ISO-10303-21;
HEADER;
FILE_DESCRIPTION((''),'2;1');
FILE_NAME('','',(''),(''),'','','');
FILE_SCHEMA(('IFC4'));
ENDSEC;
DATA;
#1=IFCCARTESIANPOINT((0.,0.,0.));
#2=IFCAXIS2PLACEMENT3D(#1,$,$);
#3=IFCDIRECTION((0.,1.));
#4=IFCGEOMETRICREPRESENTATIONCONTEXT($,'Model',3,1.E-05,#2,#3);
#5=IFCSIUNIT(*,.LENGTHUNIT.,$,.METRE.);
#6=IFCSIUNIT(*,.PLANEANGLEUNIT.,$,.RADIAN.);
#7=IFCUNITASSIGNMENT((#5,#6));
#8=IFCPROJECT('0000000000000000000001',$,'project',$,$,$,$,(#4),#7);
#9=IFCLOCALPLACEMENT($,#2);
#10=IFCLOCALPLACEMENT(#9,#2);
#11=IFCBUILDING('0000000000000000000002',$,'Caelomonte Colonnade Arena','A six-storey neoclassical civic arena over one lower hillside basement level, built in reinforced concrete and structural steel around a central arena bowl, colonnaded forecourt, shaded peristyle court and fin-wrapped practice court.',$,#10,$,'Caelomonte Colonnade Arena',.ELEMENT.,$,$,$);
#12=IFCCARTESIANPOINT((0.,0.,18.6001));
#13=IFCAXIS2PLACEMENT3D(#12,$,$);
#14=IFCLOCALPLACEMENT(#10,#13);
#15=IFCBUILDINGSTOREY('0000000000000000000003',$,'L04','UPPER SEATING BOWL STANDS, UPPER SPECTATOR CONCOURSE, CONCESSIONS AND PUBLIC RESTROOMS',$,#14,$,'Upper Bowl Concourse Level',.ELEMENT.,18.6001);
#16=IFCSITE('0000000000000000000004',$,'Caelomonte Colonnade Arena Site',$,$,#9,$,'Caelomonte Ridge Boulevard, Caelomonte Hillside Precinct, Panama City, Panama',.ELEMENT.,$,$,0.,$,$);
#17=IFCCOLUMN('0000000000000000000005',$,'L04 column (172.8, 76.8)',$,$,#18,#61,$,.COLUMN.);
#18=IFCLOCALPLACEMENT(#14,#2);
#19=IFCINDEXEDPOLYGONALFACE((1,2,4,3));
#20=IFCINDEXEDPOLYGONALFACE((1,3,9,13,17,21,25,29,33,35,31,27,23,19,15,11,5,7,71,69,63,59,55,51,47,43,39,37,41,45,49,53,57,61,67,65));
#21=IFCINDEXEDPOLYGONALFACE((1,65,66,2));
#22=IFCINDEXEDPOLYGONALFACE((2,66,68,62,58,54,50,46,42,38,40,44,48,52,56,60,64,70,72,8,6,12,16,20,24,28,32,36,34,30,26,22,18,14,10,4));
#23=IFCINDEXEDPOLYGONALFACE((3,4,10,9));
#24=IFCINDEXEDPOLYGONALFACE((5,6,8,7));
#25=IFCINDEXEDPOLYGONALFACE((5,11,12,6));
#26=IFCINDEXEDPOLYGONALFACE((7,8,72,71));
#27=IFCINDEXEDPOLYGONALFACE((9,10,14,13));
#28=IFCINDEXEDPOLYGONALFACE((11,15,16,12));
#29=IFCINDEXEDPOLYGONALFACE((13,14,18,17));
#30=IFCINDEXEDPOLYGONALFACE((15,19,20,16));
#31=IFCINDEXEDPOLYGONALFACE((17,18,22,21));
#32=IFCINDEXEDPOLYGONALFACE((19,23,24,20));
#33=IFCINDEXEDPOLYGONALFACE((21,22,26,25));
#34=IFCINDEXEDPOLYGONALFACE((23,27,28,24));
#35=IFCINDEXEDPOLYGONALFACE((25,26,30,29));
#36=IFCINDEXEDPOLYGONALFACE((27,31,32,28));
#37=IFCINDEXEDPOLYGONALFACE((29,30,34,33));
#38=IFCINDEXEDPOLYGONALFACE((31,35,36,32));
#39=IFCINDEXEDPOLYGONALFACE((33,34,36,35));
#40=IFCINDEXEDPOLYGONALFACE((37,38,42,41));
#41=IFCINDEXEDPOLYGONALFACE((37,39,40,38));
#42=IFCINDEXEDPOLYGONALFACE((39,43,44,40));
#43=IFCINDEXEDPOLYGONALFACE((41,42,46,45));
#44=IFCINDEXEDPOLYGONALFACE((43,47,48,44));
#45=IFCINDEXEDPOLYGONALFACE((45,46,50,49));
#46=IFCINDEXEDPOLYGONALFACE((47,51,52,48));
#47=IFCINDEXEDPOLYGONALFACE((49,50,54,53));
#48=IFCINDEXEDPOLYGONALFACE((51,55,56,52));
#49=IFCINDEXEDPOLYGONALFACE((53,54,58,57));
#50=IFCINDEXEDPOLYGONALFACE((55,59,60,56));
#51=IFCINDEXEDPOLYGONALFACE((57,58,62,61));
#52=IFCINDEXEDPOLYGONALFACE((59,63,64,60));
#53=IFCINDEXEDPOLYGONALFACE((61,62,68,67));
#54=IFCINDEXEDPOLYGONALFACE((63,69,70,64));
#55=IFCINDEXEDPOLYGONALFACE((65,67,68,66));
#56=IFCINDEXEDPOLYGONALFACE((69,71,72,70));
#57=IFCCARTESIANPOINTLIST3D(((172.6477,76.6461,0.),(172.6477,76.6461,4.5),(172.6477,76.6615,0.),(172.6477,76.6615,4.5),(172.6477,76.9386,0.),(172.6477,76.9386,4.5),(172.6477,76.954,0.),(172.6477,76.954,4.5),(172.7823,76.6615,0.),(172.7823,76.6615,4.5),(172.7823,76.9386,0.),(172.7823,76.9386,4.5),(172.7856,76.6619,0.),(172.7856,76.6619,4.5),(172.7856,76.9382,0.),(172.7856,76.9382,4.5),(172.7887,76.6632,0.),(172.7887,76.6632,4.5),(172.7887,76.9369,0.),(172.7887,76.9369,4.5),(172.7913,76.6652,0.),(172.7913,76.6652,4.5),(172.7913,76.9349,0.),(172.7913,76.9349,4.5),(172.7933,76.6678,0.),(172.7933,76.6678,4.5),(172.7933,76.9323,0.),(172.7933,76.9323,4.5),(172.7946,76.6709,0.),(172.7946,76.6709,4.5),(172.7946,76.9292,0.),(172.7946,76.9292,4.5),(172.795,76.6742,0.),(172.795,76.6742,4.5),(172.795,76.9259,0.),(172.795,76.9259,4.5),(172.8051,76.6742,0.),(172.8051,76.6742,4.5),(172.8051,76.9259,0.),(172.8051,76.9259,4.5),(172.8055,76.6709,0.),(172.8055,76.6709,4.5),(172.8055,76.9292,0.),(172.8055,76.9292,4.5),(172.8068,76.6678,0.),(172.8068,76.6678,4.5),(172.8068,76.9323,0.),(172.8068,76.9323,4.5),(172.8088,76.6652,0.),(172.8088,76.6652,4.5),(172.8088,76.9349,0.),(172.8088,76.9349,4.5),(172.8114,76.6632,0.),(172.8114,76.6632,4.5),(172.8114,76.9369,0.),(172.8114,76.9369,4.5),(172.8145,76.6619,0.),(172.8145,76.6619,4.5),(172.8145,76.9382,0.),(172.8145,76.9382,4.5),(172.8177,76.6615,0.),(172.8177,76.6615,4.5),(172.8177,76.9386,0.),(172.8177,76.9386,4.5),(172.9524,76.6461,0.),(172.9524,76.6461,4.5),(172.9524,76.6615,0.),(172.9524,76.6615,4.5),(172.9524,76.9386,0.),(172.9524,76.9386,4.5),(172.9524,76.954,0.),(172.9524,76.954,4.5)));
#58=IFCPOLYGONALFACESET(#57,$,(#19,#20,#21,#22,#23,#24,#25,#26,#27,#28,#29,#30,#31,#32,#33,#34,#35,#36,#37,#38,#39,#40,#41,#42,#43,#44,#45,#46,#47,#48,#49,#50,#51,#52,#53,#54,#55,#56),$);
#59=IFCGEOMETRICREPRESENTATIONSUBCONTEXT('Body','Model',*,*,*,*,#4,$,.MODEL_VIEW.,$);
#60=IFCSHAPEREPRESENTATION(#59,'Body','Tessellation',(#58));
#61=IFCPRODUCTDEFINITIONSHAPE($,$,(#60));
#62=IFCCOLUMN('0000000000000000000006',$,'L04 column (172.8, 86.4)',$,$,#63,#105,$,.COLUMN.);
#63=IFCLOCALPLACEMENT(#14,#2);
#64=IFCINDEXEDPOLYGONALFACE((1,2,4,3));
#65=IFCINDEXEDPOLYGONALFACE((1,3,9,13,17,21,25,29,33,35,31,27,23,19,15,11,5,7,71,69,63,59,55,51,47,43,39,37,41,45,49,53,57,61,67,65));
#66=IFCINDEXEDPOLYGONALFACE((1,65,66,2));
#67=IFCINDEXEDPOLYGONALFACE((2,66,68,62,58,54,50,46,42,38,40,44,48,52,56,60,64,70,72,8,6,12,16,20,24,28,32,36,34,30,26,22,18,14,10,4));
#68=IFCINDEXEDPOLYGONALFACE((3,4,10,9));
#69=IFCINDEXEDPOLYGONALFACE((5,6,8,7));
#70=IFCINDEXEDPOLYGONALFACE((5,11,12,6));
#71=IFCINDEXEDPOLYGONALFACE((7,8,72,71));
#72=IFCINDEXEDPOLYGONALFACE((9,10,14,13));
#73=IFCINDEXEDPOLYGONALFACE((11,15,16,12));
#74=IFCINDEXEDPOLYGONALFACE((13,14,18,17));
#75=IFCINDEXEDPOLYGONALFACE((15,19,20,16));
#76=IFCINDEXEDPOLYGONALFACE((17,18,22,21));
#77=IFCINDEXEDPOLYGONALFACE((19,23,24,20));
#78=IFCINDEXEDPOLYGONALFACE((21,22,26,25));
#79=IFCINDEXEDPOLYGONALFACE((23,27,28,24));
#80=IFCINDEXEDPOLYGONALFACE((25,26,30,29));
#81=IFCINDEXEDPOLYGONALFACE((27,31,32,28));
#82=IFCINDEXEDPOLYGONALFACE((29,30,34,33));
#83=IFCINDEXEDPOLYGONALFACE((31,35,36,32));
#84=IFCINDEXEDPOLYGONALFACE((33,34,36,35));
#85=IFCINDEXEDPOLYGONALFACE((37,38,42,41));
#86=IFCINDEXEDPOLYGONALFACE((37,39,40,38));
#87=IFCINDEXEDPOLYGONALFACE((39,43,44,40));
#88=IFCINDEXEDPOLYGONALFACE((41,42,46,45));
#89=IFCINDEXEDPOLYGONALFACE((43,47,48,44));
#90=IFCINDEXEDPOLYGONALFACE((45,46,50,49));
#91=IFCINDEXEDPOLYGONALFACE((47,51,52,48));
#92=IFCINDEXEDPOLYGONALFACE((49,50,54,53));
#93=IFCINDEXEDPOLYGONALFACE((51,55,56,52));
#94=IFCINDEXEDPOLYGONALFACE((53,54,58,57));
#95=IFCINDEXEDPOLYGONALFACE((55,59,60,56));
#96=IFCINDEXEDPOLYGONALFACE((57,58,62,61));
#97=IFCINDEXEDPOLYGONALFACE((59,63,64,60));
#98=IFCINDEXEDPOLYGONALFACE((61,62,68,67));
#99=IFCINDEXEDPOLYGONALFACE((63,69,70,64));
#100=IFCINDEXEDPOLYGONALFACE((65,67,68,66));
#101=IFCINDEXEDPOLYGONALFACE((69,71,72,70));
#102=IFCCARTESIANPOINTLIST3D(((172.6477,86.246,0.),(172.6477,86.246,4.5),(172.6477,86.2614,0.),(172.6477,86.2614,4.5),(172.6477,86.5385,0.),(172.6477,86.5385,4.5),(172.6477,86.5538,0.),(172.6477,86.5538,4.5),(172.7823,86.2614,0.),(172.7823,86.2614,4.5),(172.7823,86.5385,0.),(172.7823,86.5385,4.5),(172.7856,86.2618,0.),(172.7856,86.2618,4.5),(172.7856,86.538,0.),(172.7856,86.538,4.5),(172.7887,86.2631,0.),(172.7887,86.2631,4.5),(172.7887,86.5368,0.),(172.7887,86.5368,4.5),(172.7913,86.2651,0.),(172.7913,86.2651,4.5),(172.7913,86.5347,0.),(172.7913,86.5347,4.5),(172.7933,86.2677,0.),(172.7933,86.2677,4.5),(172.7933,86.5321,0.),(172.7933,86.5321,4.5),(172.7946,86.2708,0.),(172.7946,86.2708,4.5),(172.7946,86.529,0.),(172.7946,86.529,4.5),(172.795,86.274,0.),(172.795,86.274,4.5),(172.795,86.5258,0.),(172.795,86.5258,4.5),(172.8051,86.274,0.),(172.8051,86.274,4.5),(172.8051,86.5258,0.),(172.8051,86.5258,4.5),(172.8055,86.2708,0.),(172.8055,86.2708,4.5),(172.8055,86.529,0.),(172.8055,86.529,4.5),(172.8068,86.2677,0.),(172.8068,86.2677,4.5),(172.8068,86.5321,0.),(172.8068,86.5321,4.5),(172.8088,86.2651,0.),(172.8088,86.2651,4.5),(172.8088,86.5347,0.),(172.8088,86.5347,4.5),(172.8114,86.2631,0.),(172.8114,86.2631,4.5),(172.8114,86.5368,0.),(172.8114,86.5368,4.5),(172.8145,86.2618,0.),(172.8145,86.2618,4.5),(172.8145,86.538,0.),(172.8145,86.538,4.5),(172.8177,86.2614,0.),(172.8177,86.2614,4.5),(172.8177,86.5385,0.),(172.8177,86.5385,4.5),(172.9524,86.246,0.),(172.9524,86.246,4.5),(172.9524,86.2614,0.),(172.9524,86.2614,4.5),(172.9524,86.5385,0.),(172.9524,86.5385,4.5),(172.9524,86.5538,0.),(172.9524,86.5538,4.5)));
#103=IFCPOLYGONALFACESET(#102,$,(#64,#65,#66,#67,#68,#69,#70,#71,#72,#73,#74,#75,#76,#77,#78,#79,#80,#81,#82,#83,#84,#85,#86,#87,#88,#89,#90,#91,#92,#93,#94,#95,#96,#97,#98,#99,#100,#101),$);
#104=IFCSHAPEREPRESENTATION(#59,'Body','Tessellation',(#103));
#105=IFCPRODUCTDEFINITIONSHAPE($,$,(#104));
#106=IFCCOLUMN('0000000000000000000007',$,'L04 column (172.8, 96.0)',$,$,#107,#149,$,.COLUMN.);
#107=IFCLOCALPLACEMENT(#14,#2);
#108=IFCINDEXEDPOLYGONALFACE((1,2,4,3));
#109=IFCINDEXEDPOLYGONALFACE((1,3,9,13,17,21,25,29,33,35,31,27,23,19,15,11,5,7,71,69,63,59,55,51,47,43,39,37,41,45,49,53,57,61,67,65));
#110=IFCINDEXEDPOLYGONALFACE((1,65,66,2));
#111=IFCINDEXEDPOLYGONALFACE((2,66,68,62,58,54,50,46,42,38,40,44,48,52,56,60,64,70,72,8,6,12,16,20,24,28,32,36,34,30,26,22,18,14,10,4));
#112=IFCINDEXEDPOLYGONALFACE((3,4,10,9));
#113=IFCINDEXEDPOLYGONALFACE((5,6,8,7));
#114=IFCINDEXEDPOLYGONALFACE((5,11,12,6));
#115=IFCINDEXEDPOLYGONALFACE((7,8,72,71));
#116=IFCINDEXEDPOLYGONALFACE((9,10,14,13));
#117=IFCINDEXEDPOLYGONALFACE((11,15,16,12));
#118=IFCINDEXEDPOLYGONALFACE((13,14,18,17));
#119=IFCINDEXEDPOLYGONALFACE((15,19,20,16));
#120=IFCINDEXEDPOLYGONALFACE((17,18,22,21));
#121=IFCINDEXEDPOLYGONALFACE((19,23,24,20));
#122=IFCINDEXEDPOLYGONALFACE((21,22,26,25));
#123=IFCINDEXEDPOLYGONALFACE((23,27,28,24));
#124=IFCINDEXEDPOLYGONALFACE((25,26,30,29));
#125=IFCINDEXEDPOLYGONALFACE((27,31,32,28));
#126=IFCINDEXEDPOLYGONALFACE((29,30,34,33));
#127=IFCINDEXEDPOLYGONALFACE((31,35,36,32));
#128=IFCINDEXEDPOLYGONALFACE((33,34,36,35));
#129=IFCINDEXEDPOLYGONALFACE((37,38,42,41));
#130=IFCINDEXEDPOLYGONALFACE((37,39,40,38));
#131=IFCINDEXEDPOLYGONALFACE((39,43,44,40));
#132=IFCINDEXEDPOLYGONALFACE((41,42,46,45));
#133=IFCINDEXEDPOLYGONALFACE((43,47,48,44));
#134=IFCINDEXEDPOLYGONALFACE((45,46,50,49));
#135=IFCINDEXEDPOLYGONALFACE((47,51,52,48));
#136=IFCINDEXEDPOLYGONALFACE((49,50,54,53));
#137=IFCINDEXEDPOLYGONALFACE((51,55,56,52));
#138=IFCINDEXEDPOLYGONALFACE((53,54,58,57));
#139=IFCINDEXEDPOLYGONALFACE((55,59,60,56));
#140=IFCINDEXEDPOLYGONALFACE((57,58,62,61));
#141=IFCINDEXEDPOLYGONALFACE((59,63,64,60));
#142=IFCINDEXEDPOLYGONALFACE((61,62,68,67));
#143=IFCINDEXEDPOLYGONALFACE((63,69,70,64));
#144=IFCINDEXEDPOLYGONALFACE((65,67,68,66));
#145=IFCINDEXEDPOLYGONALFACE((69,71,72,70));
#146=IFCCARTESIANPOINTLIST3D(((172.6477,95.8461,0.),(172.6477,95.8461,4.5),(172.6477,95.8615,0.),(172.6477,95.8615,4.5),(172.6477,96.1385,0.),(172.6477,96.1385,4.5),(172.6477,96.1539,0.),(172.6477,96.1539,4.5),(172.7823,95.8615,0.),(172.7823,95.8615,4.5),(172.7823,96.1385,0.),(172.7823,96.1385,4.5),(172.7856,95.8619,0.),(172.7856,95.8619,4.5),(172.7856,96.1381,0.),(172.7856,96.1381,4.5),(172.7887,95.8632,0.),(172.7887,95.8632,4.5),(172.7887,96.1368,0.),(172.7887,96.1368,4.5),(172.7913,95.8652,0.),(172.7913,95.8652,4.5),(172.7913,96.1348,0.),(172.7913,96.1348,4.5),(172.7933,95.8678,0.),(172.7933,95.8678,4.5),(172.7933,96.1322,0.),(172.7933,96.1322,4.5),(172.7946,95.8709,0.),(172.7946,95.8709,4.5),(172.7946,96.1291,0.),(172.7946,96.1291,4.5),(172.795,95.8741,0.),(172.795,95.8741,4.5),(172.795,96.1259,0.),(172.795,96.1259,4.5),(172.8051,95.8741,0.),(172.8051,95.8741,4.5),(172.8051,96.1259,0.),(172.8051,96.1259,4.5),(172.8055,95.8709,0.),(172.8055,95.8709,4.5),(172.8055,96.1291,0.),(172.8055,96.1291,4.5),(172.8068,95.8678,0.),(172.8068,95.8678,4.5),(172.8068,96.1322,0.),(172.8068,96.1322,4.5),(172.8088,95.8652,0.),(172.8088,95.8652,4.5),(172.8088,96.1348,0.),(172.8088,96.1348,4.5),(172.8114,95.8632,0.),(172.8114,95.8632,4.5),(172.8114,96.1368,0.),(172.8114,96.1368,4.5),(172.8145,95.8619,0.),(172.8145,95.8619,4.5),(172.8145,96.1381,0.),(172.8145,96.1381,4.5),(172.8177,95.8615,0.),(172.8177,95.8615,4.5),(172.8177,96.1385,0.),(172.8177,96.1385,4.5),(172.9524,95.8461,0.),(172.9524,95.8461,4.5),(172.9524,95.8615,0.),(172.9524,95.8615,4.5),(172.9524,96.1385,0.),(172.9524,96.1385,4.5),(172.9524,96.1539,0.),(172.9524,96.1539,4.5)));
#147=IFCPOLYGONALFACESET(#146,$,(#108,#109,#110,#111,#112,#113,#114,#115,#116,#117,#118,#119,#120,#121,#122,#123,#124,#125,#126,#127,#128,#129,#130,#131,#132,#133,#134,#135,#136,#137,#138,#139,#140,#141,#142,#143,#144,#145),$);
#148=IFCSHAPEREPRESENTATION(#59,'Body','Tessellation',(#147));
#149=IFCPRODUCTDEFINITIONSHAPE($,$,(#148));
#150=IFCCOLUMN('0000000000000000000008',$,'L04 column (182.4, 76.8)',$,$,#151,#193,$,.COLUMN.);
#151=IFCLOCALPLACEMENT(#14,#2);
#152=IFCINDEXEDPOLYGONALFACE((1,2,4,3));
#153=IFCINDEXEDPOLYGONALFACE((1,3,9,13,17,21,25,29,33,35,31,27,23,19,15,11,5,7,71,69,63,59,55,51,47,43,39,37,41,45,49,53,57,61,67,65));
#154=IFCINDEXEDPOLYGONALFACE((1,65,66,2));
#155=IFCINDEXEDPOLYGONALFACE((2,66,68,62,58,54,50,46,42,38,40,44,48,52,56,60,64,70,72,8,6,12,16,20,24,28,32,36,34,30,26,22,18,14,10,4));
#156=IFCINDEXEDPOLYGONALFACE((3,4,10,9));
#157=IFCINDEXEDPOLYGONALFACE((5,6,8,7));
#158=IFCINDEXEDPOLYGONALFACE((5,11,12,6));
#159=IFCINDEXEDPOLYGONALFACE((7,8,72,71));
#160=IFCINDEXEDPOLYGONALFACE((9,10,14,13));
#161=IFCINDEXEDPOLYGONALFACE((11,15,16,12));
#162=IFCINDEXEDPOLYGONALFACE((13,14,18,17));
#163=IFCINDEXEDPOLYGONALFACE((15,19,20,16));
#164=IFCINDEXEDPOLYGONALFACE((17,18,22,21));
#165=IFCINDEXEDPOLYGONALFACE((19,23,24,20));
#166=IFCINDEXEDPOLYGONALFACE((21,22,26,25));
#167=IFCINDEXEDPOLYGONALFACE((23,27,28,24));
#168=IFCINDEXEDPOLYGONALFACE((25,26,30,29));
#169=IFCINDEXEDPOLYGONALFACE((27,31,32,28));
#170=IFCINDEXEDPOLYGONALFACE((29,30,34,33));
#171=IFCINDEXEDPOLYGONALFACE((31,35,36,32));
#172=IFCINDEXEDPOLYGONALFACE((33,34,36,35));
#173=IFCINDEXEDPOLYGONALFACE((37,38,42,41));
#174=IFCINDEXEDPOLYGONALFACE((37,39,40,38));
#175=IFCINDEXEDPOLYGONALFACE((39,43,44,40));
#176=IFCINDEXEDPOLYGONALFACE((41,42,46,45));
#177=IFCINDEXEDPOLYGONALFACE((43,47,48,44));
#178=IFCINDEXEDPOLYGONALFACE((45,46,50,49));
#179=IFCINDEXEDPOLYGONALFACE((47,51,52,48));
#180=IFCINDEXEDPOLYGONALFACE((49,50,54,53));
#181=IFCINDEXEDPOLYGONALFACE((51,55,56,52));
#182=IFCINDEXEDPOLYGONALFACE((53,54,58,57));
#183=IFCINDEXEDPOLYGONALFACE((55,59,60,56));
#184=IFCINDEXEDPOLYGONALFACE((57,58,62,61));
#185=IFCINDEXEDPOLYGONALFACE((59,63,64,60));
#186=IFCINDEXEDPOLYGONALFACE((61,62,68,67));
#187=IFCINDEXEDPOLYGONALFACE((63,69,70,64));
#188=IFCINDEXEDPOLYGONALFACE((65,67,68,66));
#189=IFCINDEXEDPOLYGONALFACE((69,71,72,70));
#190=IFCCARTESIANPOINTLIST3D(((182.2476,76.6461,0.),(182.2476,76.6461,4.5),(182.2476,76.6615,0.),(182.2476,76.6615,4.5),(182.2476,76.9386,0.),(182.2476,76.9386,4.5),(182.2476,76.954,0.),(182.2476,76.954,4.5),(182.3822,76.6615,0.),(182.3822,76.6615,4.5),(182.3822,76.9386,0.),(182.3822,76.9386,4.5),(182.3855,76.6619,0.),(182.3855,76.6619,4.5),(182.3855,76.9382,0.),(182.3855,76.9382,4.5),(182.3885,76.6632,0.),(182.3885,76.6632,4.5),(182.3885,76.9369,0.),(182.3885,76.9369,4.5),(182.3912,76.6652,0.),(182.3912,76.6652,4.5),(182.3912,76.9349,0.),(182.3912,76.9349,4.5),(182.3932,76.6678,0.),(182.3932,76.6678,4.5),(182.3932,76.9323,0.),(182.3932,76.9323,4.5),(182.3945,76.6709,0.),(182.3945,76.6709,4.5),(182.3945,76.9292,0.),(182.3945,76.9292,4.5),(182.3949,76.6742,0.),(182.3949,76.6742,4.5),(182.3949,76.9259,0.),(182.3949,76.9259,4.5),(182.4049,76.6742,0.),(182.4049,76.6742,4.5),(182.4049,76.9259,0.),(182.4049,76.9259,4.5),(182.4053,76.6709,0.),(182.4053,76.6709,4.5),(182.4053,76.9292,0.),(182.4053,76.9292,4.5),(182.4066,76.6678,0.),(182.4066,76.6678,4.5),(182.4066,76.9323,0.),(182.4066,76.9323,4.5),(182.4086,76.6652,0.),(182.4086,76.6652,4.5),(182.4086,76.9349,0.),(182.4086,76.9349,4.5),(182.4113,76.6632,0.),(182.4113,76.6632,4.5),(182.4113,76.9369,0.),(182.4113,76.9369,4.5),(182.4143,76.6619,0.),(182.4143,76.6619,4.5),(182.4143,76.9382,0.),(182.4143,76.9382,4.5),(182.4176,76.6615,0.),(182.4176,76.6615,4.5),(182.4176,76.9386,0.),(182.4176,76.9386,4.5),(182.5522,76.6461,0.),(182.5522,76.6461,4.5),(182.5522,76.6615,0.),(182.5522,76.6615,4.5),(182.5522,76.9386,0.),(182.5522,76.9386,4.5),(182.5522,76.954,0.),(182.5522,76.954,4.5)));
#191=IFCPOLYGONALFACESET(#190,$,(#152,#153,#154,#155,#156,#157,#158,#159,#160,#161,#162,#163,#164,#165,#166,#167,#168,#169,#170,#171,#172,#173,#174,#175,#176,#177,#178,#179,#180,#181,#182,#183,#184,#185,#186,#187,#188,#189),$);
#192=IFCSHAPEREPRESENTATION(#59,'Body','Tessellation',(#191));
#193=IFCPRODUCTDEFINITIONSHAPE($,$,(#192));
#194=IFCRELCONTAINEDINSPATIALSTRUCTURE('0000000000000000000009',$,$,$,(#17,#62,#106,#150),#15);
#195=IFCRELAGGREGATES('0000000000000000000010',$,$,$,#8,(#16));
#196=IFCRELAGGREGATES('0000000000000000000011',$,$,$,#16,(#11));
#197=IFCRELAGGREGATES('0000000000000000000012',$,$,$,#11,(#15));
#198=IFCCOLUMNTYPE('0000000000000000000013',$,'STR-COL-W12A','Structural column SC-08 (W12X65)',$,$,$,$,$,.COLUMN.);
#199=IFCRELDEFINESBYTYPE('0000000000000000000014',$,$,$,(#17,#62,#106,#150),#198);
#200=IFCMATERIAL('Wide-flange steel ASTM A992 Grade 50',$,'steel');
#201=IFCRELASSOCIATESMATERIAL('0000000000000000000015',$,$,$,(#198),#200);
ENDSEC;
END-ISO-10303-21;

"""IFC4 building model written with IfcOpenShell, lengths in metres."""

from ifc_helpers import new_model, si_unit, direction, frame, origin, origin_2d, place, context, subcontext, project, spatial, i_section, extrude, material, material_profile, profile_set, type_object, element, save


model = new_model("IFC4")

# Units and contexts
model_context = context("Model", 3, precision=1e-05, world=origin(), true_north=direction((0.0, 1.0)))
body_context = subcontext(model_context, "Body", "Model", "MODEL_VIEW")
ifc_project = project(units=[si_unit("LENGTHUNIT", "METRE"), si_unit("PLANEANGLEUNIT", "RADIAN")], contexts=[model_context])

# Site, building, storey
site_placement = place(None, origin())
site = spatial("IfcSite", under=ifc_project, at=site_placement, Name="Caelomonte Colonnade Arena Site", LongName="Caelomonte Ridge Boulevard, Caelomonte Hillside Precinct, Panama City, Panama", CompositionType="ELEMENT", RefElevation=0.0)
building_placement = place(site_placement, origin())
building = spatial("IfcBuilding", under=site, at=building_placement, Name="Caelomonte Colonnade Arena", Description="A six-storey neoclassical civic arena over one lower hillside basement level, built in reinforced concrete and structural steel around a central arena bowl, colonnaded forecourt, shaded peristyle court and fin-wrapped practice court.", LongName="Caelomonte Colonnade Arena", CompositionType="ELEMENT")
storey_placement = place(building_placement, frame((0.0, 0.0, 18.6001)))
storey = spatial("IfcBuildingStorey", under=building, at=storey_placement, Name="L04", Description="UPPER SEATING BOWL STANDS, UPPER SPECTATOR CONCOURSE, CONCESSIONS AND PUBLIC RESTROOMS", LongName="Upper Bowl Concourse Level", CompositionType="ELEMENT", Elevation=18.6001)

# Columns
ifc_material_1 = material(Name="Wide-flange steel ASTM A992 Grade 50", Category="steel")
ifc_material_profile_1 = material_profile(ifc_material_1, i_section(OverallWidth=0.3047, OverallDepth=0.3079, WebThickness=0.01, FlangeThickness=0.0154, FilletRadius=0.0127, at=origin_2d()), Name="W12X65")
ifc_profile_set_1 = profile_set([ifc_material_profile_1], Name="Wide-flange steel ASTM A992 Grade 50")
column_type = type_object("IfcColumnType", Name="STR-COL-W12A", Description="Structural column SC-08 (W12X65)", PredefinedType="COLUMN", material=ifc_profile_set_1)
for number, where, z_axis, x_axis, name in (
    (1, (172.8, 76.8, 0.0), (0.0, 0.0, 1.0), (1.0, 0.0, 0.0), "L04 column (172.8, 76.8)"),
    (2, (172.8, 86.3999, 0.0), (0.0, 0.0, 1.0), (1.0, 0.0, 0.0), "L04 column (172.8, 86.4)"),
    (3, (172.8, 96.0, 0.0), (0.0, 0.0, 1.0), (1.0, 0.0, 0.0), "L04 column (172.8, 96.0)"),
    (4, (182.3999, 76.8, 0.0), (0.0, 0.0, 1.0), (1.0, 0.0, 0.0), "L04 column (182.4, 76.8)"),
):
    element("IfcColumn", number, at=place(storey_placement, frame(where, z_axis=z_axis, x_axis=x_axis)), inside=storey, type_object=column_type, Name=name, PredefinedType="COLUMN", context=body_context, shape_type="SweptSolid", body=[
        extrude(i_section(OverallWidth=0.3047, OverallDepth=0.3079, WebThickness=0.01, FlangeThickness=0.0154, FilletRadius=0.0127, at=origin_2d()), origin(), (0.0, 0.0, 1.0), 4.5),
    ])

save(model, "model.ifc")
